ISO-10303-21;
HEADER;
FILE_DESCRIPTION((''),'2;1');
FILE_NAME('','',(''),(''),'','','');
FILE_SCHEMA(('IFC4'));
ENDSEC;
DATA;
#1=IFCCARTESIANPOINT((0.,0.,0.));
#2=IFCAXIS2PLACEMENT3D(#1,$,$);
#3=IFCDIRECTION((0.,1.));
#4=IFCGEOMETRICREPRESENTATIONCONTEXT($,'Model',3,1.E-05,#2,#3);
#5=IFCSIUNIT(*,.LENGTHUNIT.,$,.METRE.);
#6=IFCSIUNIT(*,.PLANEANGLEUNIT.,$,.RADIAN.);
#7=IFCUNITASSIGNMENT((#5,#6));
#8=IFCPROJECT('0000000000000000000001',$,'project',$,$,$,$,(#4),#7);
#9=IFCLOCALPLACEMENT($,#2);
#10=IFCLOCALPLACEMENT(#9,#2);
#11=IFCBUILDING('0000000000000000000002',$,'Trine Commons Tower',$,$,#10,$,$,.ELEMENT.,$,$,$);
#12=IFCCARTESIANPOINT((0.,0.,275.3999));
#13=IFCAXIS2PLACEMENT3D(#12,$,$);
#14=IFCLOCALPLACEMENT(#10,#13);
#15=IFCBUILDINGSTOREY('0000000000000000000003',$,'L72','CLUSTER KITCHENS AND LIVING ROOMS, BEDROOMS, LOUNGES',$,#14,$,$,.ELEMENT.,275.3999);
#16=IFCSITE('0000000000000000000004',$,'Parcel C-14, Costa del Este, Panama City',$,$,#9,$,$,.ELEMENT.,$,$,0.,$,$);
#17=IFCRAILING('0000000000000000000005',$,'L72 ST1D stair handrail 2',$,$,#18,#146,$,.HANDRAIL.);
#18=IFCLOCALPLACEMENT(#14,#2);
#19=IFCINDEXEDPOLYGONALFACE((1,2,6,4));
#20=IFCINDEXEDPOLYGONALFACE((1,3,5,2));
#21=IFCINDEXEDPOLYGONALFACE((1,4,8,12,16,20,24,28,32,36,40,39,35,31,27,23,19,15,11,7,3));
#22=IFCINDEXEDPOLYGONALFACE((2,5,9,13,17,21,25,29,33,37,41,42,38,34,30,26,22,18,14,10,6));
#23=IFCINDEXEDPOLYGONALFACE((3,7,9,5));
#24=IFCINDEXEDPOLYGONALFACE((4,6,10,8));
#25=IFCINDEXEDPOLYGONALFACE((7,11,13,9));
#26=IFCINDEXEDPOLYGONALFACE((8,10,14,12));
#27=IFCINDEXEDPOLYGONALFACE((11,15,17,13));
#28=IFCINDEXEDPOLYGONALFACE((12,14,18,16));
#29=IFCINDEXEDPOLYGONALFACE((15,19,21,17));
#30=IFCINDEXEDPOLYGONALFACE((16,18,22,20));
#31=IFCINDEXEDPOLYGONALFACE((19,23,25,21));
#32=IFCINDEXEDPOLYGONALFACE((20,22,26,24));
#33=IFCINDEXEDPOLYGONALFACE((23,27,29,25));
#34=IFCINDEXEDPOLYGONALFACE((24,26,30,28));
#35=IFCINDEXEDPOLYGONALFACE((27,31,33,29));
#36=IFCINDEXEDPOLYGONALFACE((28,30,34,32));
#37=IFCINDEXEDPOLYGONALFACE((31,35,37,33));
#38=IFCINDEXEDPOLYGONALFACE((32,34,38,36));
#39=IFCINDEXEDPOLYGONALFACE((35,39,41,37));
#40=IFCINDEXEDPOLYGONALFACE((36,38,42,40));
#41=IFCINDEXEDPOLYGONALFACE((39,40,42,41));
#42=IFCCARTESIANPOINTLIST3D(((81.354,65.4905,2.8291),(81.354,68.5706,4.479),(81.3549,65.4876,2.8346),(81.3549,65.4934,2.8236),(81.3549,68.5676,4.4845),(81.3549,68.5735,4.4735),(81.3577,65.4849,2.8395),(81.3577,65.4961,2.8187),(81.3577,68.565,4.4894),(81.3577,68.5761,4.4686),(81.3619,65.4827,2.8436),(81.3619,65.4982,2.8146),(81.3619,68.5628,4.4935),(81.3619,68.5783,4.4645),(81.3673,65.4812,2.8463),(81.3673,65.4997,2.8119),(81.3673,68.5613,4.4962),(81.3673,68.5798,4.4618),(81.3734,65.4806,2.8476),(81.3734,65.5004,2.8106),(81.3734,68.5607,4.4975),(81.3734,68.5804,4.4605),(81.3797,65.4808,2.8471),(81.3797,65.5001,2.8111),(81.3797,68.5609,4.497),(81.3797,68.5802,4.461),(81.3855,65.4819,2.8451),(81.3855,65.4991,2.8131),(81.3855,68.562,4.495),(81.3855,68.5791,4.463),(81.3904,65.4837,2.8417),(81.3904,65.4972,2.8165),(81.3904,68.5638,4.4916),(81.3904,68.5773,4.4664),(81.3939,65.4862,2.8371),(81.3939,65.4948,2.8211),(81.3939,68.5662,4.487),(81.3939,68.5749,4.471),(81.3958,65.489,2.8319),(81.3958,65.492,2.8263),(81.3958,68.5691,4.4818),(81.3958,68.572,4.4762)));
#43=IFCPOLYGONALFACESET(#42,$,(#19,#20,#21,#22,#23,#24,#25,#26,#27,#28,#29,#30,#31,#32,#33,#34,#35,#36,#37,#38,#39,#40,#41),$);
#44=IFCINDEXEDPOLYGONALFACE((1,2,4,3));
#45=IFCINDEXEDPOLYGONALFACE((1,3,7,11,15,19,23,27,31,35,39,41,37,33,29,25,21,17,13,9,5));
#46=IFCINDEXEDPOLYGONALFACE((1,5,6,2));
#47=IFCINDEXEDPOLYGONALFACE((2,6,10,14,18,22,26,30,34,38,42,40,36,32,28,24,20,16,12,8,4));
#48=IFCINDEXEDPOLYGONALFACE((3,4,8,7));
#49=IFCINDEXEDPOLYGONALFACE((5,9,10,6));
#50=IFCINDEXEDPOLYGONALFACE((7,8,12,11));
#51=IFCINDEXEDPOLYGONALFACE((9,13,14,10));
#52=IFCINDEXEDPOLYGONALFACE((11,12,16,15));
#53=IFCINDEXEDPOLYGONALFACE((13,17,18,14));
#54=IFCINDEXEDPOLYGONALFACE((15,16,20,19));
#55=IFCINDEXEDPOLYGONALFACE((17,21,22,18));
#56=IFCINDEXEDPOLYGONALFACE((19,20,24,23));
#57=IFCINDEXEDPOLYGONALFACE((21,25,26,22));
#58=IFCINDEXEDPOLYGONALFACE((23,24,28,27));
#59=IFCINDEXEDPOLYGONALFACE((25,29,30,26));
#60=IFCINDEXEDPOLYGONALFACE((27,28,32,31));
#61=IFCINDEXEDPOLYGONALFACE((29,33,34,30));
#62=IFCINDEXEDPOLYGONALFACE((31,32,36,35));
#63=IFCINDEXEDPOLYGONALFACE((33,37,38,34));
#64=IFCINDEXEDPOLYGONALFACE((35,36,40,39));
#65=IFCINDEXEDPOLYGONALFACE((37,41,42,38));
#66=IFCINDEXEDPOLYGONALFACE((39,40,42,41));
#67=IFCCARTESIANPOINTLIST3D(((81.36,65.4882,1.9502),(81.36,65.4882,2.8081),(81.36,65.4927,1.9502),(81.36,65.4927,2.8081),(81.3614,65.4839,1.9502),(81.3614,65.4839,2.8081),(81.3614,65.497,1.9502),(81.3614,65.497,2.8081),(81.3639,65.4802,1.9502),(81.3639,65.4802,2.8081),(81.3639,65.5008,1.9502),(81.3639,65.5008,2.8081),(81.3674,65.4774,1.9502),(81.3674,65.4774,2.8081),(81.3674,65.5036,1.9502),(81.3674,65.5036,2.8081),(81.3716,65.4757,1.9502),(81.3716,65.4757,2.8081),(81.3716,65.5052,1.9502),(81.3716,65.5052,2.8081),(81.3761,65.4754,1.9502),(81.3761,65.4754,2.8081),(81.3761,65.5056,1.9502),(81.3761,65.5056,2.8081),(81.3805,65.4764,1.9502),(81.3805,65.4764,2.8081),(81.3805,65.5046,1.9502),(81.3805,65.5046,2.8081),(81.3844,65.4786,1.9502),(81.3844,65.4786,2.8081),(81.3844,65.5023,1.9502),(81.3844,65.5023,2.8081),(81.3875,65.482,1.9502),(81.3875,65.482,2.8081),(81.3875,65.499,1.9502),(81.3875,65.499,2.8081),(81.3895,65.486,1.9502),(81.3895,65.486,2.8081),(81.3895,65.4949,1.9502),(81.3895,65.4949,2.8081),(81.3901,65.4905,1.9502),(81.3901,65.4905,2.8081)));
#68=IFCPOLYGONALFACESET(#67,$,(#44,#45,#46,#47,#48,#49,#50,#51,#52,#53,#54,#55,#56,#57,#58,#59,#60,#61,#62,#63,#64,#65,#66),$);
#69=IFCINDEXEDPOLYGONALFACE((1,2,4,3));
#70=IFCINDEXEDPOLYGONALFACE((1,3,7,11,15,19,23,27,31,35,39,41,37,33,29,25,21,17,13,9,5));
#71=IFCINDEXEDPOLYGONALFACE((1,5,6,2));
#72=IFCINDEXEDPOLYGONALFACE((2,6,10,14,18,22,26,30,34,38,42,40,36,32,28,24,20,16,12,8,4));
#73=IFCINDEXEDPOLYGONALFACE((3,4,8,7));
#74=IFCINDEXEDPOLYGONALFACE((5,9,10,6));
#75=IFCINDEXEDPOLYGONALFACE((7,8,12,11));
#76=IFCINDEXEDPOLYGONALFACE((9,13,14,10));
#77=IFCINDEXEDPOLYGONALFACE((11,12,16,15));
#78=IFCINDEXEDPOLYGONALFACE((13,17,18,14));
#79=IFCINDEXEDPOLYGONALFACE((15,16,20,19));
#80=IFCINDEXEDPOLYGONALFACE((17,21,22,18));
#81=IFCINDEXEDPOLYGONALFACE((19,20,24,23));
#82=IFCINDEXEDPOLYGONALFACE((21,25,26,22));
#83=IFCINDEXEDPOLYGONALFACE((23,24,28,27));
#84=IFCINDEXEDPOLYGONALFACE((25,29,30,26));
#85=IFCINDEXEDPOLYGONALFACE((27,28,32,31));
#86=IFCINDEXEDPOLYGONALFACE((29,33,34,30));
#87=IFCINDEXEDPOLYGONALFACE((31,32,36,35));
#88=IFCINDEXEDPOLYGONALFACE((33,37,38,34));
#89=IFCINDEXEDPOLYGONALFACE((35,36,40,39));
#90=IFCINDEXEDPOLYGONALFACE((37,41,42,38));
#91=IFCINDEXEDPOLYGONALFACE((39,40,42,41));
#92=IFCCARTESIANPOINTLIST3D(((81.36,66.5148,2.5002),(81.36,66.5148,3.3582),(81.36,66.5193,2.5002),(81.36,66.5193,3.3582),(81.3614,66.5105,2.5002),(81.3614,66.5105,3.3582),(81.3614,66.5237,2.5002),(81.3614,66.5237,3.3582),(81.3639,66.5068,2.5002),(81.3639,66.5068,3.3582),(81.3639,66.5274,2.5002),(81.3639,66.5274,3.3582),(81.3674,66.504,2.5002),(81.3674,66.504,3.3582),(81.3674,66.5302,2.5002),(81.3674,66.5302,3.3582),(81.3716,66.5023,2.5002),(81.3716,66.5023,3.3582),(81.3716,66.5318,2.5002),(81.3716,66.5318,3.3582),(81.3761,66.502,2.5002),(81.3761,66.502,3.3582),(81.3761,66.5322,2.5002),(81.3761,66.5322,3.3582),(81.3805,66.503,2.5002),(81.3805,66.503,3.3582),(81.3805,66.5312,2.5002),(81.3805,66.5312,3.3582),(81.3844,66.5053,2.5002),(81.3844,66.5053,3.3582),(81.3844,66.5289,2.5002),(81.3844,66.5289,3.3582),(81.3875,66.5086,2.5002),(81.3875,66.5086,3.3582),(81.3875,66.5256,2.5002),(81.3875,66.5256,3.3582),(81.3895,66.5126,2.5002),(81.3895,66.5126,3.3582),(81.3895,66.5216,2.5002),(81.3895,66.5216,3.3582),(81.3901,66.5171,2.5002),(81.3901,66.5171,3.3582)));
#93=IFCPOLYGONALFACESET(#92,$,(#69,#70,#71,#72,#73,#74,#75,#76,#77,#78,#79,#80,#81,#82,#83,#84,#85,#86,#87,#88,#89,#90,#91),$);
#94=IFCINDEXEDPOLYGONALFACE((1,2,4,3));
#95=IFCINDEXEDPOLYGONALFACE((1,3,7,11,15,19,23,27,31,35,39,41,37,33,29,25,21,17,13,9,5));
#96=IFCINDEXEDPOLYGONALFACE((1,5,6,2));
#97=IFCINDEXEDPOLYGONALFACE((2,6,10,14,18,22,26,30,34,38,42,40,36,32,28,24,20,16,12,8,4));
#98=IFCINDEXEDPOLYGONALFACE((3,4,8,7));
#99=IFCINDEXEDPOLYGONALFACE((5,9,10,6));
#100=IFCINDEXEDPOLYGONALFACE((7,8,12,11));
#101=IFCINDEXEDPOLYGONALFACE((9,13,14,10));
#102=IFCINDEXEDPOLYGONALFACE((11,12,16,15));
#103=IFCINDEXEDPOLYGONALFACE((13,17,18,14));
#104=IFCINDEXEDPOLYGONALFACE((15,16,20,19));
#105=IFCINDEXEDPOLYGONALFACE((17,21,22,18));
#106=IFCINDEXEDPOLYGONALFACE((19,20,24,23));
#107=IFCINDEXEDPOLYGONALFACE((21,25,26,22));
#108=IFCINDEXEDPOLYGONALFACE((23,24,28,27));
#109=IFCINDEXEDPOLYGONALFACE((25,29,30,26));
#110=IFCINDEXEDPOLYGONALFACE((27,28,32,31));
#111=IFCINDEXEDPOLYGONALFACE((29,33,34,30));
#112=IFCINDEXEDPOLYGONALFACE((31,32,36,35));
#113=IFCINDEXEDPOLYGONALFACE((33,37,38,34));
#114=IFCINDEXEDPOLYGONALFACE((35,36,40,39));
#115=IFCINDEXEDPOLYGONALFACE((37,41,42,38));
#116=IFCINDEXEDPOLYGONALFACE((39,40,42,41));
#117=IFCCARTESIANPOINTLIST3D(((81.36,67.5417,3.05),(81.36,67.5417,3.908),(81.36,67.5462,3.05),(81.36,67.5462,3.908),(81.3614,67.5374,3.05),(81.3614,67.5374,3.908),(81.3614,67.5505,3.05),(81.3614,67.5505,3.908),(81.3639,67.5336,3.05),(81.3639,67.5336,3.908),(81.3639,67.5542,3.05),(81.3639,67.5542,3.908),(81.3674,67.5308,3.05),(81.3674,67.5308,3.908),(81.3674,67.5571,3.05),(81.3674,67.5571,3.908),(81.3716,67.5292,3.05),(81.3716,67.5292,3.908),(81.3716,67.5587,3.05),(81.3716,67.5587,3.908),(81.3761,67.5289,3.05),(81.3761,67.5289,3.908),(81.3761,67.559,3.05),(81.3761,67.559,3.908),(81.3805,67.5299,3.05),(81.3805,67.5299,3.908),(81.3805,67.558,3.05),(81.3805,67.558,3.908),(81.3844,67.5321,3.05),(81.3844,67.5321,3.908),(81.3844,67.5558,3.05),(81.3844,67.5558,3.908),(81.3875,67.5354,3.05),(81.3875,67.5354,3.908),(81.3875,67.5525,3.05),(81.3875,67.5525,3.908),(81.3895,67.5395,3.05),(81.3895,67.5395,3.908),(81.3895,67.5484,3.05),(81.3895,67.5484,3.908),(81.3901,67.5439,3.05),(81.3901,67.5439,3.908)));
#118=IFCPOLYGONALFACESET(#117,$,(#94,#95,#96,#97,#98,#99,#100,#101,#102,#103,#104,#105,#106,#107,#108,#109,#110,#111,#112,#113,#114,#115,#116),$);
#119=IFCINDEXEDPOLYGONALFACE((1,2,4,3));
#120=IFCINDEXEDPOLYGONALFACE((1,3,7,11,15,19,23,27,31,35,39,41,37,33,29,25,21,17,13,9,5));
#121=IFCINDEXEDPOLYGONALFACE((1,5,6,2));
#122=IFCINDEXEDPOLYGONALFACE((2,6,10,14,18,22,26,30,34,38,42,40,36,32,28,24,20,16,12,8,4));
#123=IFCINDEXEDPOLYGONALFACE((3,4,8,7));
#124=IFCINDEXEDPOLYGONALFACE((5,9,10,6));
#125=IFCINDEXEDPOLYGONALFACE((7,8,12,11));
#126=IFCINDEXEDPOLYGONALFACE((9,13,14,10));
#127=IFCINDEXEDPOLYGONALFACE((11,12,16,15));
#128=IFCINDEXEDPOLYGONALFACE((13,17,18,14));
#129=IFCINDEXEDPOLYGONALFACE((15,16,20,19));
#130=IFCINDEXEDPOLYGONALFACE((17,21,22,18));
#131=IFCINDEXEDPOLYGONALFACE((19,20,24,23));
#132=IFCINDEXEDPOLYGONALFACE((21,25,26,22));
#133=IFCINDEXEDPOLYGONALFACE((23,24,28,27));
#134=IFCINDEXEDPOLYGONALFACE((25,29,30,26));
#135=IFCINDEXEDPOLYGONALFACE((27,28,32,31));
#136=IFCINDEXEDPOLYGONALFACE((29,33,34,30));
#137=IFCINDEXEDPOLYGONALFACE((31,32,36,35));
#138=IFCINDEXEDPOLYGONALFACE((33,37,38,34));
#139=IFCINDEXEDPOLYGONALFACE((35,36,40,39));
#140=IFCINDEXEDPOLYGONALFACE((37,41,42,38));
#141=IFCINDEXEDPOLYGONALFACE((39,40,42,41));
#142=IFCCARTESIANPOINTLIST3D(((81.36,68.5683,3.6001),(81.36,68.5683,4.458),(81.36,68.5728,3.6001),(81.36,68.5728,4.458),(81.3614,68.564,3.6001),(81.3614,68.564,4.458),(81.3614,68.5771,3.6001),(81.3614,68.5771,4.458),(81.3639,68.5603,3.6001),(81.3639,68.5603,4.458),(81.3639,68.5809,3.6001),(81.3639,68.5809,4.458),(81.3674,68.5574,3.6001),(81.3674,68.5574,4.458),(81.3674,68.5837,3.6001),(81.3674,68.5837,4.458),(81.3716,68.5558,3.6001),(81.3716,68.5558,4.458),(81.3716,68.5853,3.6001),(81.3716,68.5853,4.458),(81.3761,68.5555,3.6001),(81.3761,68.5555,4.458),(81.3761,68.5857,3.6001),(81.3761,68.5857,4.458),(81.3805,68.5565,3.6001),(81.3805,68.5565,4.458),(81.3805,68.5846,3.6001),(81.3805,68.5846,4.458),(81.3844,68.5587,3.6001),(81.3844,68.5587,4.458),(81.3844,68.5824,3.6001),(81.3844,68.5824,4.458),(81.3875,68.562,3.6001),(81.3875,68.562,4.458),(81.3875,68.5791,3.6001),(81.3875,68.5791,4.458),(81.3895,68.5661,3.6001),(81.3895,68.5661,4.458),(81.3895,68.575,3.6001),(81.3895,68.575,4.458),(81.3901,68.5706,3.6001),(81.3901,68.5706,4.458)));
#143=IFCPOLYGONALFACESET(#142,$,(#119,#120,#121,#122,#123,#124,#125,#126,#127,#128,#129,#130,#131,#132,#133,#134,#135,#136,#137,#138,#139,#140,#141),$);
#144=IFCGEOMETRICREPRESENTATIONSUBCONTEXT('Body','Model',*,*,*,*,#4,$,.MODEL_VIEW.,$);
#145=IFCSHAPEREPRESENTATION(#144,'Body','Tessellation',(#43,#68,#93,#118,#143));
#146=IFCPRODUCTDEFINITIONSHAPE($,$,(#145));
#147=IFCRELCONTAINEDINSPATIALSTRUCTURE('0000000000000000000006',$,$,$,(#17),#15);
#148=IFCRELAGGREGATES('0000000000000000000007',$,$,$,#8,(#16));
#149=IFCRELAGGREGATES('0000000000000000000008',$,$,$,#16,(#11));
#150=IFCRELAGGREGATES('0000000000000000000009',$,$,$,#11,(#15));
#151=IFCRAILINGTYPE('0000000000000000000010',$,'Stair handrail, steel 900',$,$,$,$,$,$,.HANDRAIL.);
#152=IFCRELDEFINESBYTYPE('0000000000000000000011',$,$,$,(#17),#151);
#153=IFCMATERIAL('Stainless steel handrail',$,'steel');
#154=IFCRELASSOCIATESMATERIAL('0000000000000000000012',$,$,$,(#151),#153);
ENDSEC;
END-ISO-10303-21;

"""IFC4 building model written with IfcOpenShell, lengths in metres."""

from ifc_helpers import new_model, si_unit, direction, frame, origin, origin_2d, place, context, subcontext, project, spatial, circle, extrude, material, type_object, element, save


model = new_model("IFC4")

# Units and contexts
model_context = context("Model", 3, precision=1e-05, world=origin(), true_north=direction((0.0, 1.0)))
body_context = subcontext(model_context, "Body", "Model", "MODEL_VIEW")
ifc_project = project(units=[si_unit("LENGTHUNIT", "METRE"), si_unit("PLANEANGLEUNIT", "RADIAN")], contexts=[model_context])

# Site, building, storey
site_placement = place(None, origin())
site = spatial("IfcSite", under=ifc_project, at=site_placement, Name="Parcel C-14, Costa del Este, Panama City", CompositionType="ELEMENT", RefElevation=0.0)
building_placement = place(site_placement, origin())
building = spatial("IfcBuilding", under=site, at=building_placement, Name="Trine Commons Tower", CompositionType="ELEMENT")
storey_placement = place(building_placement, frame((0.0, 0.0, 275.3999)))
storey = spatial("IfcBuildingStorey", under=building, at=storey_placement, Name="L72", Description="CLUSTER KITCHENS AND LIVING ROOMS, BEDROOMS, LOUNGES", CompositionType="ELEMENT", Elevation=275.3999)

# Railing
ifc_material_1 = material(Name="Stainless steel handrail", Category="steel")
railing_type_1 = type_object("IfcRailingType", Name="Stair handrail, steel 900", PredefinedType="HANDRAIL", material=ifc_material_1)
railing_1_placement = place(storey_placement, frame((81.375, 65.4905, 1.9502)))
element("IfcRailing", 1, at=railing_1_placement, inside=storey, type_object=railing_type_1, Name="L72 ST1D stair handrail 2", PredefinedType="HANDRAIL", context=body_context, shape_type="SweptSolid", body=[
    extrude(circle(Radius=0.021, at=origin_2d()), frame((0.0, 0.0, 0.8789), z_axis=(0.0, 0.881497, 0.47219), x_axis=(-1.0, 0.0, 0.0)), (0.0, 0.0, 1.0), 3.4941),
    extrude(circle(Radius=0.0151, at=origin_2d()), origin(), (0.0, 0.0, 1.0), 0.8579),
    extrude(circle(Radius=0.0151, at=origin_2d()), frame((0.0, 1.0266, 0.55)), (0.0, 0.0, 1.0), 0.8579),
    extrude(circle(Radius=0.0151, at=origin_2d()), frame((0.0, 2.0535, 1.0999)), (0.0, 0.0, 1.0), 0.8579),
    extrude(circle(Radius=0.0151, at=origin_2d()), frame((0.0, 3.0801, 1.6499)), (0.0, 0.0, 1.0), 0.8579),
])

save(model, "model.ifc")
